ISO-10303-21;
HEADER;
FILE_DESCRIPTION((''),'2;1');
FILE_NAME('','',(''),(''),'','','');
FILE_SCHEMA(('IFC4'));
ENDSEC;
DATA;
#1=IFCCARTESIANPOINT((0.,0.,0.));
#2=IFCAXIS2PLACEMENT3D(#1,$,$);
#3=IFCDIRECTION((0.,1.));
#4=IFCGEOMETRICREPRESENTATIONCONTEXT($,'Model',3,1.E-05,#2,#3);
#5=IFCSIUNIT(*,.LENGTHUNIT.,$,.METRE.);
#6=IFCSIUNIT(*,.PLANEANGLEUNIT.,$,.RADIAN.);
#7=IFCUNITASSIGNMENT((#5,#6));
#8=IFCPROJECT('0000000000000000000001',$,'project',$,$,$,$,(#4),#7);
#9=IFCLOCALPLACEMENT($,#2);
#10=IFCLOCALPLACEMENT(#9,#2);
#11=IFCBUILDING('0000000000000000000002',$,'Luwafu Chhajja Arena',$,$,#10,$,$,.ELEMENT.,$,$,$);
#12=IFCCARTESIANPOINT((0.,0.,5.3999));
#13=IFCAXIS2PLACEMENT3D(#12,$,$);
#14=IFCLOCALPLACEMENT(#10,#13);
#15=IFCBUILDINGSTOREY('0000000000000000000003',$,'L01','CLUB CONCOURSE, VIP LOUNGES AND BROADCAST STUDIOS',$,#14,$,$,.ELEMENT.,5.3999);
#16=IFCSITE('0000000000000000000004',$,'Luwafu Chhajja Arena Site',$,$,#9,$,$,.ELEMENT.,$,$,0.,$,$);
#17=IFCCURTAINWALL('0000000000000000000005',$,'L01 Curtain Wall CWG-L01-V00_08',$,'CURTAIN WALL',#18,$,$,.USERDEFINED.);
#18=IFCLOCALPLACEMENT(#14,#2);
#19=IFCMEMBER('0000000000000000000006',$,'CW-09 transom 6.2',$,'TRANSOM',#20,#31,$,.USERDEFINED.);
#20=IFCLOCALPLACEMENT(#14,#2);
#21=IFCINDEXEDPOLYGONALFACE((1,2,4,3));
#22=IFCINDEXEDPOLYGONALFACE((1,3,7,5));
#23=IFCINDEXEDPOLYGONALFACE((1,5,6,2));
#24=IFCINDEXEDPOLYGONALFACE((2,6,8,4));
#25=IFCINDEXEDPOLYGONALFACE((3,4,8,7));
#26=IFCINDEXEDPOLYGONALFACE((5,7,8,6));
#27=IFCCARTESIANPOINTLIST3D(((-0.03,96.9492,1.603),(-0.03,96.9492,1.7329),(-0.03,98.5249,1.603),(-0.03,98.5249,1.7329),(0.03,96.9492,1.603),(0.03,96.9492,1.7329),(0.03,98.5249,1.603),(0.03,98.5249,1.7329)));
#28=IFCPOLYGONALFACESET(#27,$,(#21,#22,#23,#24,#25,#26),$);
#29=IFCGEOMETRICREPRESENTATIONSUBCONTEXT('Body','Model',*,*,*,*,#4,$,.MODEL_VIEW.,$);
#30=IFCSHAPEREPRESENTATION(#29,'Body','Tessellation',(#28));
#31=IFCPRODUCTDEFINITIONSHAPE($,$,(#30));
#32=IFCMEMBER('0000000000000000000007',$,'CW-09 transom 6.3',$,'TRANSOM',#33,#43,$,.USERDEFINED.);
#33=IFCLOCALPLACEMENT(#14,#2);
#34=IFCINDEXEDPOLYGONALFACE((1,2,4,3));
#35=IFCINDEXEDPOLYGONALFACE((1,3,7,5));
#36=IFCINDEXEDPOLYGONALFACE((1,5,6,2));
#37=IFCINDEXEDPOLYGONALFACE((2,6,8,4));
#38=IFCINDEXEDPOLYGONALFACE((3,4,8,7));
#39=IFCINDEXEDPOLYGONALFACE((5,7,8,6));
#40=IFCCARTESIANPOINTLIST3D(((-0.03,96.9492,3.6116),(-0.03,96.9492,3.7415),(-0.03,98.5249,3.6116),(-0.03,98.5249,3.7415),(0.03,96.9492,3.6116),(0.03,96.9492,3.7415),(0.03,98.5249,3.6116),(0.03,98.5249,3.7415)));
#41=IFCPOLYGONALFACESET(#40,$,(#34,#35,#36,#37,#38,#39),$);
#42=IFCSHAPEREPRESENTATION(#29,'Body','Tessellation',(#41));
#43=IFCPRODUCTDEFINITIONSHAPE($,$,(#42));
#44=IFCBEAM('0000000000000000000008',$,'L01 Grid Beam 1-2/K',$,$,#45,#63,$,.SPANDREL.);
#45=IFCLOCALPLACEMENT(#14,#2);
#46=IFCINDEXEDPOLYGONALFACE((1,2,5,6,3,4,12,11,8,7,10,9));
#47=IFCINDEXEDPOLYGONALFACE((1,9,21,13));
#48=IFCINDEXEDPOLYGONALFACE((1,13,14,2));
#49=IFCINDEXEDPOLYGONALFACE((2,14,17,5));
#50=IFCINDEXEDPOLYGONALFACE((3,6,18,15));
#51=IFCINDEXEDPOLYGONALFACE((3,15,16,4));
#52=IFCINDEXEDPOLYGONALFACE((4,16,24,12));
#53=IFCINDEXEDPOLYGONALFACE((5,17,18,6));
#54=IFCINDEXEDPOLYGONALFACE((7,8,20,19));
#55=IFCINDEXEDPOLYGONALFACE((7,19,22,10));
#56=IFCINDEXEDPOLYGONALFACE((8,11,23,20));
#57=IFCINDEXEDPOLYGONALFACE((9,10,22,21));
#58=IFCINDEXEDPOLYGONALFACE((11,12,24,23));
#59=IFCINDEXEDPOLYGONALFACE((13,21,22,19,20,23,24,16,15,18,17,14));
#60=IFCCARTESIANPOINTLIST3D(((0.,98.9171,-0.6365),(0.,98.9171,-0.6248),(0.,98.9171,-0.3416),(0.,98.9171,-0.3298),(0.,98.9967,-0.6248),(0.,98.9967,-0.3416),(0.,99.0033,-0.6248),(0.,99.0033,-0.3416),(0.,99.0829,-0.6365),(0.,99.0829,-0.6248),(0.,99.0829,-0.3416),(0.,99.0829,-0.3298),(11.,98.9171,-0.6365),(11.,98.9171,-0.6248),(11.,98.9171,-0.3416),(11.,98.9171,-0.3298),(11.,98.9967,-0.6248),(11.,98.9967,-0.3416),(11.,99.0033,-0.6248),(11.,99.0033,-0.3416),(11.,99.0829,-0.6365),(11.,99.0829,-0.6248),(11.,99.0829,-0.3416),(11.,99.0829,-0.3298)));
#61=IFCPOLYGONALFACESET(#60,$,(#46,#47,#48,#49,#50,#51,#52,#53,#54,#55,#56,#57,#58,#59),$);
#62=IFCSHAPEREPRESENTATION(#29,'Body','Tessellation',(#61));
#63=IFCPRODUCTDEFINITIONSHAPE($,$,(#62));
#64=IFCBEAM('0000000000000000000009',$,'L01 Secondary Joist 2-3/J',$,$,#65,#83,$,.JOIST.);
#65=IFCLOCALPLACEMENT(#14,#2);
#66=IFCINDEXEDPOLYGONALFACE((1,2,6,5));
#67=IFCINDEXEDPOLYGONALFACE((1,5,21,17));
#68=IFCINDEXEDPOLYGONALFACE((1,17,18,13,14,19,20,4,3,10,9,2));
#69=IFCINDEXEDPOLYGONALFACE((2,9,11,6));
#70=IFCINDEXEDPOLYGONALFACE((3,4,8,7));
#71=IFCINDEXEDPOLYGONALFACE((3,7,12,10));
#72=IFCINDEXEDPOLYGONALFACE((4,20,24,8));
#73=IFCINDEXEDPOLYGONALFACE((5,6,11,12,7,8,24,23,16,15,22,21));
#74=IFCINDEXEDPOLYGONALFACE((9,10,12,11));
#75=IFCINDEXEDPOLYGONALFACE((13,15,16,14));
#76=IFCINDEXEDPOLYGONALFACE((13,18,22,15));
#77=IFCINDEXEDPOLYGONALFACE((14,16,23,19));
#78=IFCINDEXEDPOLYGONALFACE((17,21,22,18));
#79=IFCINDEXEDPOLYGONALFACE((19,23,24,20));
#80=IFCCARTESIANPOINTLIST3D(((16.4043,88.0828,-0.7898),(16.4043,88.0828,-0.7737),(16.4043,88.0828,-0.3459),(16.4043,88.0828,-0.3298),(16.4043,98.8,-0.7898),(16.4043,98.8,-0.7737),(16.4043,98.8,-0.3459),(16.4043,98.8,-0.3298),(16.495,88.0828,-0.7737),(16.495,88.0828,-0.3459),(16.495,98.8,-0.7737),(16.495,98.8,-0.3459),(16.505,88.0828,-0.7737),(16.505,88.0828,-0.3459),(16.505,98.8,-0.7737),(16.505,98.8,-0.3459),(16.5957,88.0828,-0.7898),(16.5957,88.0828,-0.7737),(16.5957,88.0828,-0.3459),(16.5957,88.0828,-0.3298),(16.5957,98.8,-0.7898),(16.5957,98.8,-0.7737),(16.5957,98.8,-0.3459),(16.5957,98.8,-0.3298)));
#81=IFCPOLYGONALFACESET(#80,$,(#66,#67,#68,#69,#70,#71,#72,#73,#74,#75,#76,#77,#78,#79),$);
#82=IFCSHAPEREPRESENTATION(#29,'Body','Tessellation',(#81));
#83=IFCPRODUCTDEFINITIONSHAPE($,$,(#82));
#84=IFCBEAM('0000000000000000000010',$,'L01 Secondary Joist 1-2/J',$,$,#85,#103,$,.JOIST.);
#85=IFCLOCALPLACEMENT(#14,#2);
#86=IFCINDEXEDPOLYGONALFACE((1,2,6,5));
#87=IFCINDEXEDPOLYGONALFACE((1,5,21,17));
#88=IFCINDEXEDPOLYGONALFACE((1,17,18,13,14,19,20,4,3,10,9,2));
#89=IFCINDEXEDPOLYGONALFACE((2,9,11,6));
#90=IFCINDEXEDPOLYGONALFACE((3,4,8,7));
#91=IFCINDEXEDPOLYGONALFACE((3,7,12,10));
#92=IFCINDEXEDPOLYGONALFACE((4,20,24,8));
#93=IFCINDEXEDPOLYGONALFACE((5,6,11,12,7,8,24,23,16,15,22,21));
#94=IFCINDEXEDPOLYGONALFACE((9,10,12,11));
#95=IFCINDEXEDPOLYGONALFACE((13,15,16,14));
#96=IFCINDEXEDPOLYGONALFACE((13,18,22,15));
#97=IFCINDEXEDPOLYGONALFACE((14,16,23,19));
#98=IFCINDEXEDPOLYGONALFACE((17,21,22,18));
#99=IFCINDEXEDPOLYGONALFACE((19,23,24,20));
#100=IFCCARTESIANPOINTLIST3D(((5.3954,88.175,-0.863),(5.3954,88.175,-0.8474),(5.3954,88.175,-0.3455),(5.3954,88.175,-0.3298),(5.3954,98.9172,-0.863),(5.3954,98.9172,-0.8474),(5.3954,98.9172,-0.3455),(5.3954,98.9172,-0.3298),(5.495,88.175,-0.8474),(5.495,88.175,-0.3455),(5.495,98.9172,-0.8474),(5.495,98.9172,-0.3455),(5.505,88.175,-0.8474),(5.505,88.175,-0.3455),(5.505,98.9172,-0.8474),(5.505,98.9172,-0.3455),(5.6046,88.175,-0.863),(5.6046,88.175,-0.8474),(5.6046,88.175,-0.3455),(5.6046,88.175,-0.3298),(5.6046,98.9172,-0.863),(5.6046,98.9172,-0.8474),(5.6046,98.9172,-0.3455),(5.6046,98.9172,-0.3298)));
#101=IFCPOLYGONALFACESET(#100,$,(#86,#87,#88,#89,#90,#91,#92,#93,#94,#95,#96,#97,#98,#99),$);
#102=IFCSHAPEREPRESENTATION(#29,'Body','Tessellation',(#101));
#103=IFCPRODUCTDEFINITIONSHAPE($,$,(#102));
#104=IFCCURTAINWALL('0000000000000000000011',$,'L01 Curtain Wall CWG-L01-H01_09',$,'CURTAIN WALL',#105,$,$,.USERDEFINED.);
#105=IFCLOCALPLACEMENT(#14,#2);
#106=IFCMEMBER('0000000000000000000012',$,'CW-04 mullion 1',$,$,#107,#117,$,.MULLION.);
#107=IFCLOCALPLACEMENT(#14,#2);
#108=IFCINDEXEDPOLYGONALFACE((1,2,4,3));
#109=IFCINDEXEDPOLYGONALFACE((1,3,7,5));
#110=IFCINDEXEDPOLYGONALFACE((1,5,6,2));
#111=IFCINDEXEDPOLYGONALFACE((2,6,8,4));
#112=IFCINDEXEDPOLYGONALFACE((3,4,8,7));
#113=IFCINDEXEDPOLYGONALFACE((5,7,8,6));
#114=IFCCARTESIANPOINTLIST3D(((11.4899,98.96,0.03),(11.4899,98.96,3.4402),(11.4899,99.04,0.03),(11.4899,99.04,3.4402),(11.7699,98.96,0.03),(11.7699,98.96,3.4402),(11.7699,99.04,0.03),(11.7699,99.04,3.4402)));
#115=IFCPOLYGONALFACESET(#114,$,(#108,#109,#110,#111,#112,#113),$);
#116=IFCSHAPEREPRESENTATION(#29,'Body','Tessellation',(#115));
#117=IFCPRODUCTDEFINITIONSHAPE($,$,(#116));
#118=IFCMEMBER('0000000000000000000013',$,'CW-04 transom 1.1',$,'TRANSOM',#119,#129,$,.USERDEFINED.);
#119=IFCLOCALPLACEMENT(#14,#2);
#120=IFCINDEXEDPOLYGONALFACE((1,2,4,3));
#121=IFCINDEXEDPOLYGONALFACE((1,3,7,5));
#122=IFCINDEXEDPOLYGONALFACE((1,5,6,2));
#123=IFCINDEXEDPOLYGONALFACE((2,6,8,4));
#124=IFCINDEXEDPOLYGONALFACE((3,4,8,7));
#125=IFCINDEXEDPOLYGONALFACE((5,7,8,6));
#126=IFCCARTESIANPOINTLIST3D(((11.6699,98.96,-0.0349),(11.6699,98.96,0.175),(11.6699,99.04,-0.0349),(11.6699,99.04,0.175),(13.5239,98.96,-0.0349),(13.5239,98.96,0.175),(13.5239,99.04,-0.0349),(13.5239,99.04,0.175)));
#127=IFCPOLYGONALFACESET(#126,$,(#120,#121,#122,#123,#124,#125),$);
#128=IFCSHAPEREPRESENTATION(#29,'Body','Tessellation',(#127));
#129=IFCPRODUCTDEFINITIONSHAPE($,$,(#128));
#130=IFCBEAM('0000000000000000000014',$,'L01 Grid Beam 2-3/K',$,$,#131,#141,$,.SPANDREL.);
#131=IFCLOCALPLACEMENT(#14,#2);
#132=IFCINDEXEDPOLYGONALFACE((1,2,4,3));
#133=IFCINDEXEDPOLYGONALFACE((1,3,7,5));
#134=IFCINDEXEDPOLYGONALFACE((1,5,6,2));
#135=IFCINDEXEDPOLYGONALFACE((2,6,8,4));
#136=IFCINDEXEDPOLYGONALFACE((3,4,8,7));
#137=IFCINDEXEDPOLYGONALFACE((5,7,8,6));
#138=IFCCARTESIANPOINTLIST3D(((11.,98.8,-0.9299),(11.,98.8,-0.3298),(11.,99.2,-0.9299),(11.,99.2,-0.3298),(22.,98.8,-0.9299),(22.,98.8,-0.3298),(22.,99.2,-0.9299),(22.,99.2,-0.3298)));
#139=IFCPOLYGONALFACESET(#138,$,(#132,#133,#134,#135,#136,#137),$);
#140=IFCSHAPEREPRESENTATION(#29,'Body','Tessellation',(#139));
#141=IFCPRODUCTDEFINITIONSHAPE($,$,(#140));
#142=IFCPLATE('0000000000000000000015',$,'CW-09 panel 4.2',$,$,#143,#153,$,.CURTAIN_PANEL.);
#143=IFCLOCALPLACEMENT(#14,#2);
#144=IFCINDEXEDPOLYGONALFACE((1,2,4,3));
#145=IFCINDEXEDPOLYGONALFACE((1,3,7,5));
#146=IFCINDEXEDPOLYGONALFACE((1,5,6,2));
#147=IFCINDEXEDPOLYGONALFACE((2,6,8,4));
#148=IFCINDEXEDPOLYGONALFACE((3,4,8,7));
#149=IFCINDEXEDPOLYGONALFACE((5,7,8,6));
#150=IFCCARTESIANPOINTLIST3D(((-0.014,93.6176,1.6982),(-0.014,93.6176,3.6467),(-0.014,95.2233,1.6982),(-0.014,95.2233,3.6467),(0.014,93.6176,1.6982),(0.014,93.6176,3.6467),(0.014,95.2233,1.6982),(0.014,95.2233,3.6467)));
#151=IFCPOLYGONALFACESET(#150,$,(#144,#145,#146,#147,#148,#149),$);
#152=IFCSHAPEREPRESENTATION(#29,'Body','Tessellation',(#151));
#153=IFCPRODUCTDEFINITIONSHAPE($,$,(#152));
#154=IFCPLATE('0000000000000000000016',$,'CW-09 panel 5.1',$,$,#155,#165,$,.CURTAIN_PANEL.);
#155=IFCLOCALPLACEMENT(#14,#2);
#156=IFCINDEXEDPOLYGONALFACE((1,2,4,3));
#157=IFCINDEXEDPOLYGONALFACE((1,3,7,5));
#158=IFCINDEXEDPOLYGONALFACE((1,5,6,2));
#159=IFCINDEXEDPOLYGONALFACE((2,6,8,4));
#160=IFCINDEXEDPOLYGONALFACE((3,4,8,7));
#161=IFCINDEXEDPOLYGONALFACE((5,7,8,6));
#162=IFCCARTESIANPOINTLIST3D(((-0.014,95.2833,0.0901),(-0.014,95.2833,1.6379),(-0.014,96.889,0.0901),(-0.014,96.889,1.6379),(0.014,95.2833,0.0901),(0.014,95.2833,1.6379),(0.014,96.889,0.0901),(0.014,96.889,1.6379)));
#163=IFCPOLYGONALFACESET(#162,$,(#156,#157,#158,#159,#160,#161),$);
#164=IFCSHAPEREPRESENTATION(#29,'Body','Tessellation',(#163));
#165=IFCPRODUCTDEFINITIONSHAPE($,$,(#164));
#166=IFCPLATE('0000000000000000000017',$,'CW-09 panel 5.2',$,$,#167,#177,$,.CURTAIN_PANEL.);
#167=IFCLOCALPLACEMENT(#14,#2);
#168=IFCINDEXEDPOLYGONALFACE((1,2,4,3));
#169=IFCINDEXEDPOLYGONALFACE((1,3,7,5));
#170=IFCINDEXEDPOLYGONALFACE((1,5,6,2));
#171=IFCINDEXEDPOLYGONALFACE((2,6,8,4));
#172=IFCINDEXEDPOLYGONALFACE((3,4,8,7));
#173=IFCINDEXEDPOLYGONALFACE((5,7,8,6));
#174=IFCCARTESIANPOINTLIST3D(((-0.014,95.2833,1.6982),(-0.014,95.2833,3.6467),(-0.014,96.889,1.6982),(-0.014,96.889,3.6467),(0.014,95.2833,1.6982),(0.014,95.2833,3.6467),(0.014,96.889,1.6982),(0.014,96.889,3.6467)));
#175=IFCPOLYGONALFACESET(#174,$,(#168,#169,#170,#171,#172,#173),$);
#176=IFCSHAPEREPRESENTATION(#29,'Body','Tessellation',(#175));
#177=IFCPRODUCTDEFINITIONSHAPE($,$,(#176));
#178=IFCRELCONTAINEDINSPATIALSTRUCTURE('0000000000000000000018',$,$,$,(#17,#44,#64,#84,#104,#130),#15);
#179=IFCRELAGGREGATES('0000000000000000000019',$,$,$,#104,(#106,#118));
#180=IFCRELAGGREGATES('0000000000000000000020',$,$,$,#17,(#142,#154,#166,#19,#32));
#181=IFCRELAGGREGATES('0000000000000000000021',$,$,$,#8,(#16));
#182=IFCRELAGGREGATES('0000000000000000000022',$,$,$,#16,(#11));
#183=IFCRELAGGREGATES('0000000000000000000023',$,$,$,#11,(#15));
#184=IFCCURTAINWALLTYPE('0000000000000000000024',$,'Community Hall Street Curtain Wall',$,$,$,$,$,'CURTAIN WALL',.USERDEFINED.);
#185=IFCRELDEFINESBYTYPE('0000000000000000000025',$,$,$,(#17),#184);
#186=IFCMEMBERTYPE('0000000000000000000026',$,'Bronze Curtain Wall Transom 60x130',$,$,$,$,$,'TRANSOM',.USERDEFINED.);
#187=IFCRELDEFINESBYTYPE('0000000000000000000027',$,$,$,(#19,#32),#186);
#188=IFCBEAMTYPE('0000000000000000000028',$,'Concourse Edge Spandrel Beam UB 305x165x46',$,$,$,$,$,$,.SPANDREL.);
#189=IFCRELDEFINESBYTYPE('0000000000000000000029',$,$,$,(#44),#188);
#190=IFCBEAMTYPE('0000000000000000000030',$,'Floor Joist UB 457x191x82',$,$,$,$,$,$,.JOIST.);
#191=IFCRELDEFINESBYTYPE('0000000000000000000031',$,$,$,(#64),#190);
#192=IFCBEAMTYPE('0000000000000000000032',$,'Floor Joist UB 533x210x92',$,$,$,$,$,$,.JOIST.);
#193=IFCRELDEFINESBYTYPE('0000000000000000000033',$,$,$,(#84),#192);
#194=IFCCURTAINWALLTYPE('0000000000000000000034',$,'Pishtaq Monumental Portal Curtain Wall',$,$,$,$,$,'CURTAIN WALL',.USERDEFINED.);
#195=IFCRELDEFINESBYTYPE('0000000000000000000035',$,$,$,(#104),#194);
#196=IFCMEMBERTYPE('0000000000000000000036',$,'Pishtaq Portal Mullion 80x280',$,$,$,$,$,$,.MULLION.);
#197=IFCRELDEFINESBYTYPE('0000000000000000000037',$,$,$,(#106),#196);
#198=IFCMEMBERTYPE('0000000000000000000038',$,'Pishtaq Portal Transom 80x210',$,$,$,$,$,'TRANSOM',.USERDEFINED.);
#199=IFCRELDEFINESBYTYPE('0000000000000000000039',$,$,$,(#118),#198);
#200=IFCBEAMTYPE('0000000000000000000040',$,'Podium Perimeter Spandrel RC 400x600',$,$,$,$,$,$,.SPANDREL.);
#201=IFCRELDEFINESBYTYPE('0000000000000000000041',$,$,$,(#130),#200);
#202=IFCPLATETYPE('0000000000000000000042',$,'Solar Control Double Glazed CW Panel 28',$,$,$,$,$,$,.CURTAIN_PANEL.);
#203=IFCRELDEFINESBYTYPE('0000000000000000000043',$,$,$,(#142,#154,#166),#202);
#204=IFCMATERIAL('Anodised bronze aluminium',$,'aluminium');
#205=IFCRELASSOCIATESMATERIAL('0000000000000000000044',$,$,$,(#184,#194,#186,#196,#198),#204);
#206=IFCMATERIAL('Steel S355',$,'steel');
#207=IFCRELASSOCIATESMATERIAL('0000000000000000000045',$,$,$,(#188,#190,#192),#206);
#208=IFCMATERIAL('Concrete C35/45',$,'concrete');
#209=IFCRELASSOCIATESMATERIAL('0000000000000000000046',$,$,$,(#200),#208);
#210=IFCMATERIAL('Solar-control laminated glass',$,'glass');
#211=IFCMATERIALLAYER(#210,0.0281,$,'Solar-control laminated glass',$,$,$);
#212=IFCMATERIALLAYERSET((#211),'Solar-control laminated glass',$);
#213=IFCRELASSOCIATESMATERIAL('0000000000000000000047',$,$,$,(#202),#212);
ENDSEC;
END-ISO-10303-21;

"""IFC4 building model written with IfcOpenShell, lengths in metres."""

from ifc_helpers import new_model, si_unit, direction, frame, origin, origin_2d, place, context, subcontext, project, spatial, rectangle, i_section, extrude, material, layer, layer_set, material_profile, profile_set, type_object, element, aggregate, save


model = new_model("IFC4")

# Units and contexts
model_context = context("Model", 3, precision=1e-05, world=origin(), true_north=direction((0.0, 1.0)))
body_context = subcontext(model_context, "Body", "Model", "MODEL_VIEW")
ifc_project = project(units=[si_unit("LENGTHUNIT", "METRE"), si_unit("PLANEANGLEUNIT", "RADIAN")], contexts=[model_context])

# Site, building, storey
site_placement = place(None, origin())
site = spatial("IfcSite", under=ifc_project, at=site_placement, Name="Luwafu Chhajja Arena Site", CompositionType="ELEMENT", RefElevation=0.0)
building_placement = place(site_placement, origin())
building = spatial("IfcBuilding", under=site, at=building_placement, Name="Luwafu Chhajja Arena", CompositionType="ELEMENT")
storey_placement = place(building_placement, frame((0.0, 0.0, 5.3999)))
storey = spatial("IfcBuildingStorey", under=building, at=storey_placement, Name="L01", Description="CLUB CONCOURSE, VIP LOUNGES AND BROADCAST STUDIOS", CompositionType="ELEMENT", Elevation=5.3999)

# Shared definitions
ifc_material_1 = material(Name="Concrete C35/45", Category="concrete")

# Curtain wall, members
ifc_material_2 = material(Name="Anodised bronze aluminium", Category="aluminium")
curtain_wall_type_1 = type_object("IfcCurtainWallType", Name="Community Hall Street Curtain Wall", ElementType="CURTAIN WALL", PredefinedType="USERDEFINED", material=ifc_material_2)
curtain_wall_1_placement = place(storey_placement, origin())
curtain_wall_1 = element("IfcCurtainWall", 1, at=curtain_wall_1_placement, inside=storey, type_object=curtain_wall_type_1, Name="L01 Curtain Wall CWG-L01-V00_08", ObjectType="CURTAIN WALL", PredefinedType="USERDEFINED")
ifc_material_profile_1 = material_profile(ifc_material_2, rectangle(XDim=0.0601, YDim=0.1299, at=origin_2d()), Name="CWT 60x130")
ifc_profile_set_1 = profile_set([ifc_material_profile_1], Name="Anodised bronze aluminium")
member_type_1 = type_object("IfcMemberType", Name="Bronze Curtain Wall Transom 60x130", ElementType="TRANSOM", PredefinedType="USERDEFINED", material=ifc_profile_set_1)
member_1_placement = place(storey_placement, frame((0.0, 96.9492, 1.668), z_axis=(0.0, 1.0, 0.0), x_axis=(-1.0, 0.0, 0.0)))
member_1 = element("IfcMember", 2, at=member_1_placement, type_object=member_type_1, Name="CW-09 transom 6.2", ObjectType="TRANSOM", PredefinedType="USERDEFINED", context=body_context, shape_type="SweptSolid", body=[
    extrude(rectangle(XDim=0.0601, YDim=0.1299, at=origin_2d()), origin(), (0.0, 0.0, 1.0), 1.5757),
])
member_2_placement = place(storey_placement, frame((0.0, 96.9492, 3.6765), z_axis=(0.0, 1.0, 0.0), x_axis=(-1.0, 0.0, 0.0)))
member_2 = element("IfcMember", 3, at=member_2_placement, type_object=member_type_1, Name="CW-09 transom 6.3", ObjectType="TRANSOM", PredefinedType="USERDEFINED", context=body_context, shape_type="SweptSolid", body=[
    extrude(rectangle(XDim=0.0601, YDim=0.1299, at=origin_2d()), origin(), (0.0, 0.0, 1.0), 1.5757),
])

# Beams
ifc_material_3 = material(Name="Steel S355", Category="steel")
ifc_material_profile_2 = material_profile(ifc_material_3, i_section(OverallWidth=0.1658, OverallDepth=0.3066, WebThickness=0.0066, FlangeThickness=0.0117, at=origin_2d()), Name="UB 305x165x46")
ifc_profile_set_2 = profile_set([ifc_material_profile_2], Name="Steel S355")
beam_type_1 = type_object("IfcBeamType", Name="Concourse Edge Spandrel Beam UB 305x165x46", PredefinedType="SPANDREL", material=ifc_profile_set_2)
beam_1_placement = place(storey_placement, frame((0.0, 99.0, -0.4832), z_axis=(1.0, 0.0, 0.0), x_axis=(0.0, 1.0, 0.0)))
element("IfcBeam", 4, at=beam_1_placement, inside=storey, type_object=beam_type_1, Name="L01 Grid Beam 1-2/K", PredefinedType="SPANDREL", context=body_context, shape_type="SweptSolid", body=[
    extrude(i_section(OverallWidth=0.1658, OverallDepth=0.3066, WebThickness=0.0066, FlangeThickness=0.0117, at=origin_2d()), origin(), (0.0, 0.0, 1.0), 11.0),
])
ifc_material_profile_3 = material_profile(ifc_material_3, i_section(OverallWidth=0.1914, OverallDepth=0.46, WebThickness=0.01, FlangeThickness=0.0161, at=origin_2d()), Name="UB 457x191x82")
ifc_profile_set_3 = profile_set([ifc_material_profile_3], Name="Steel S355")
beam_type_2 = type_object("IfcBeamType", Name="Floor Joist UB 457x191x82", PredefinedType="JOIST", material=ifc_profile_set_3)
beam_2_placement = place(storey_placement, frame((16.5, 88.0828, -0.5598), z_axis=(0.0, 1.0, 0.0), x_axis=(-1.0, 0.0, 0.0)))
element("IfcBeam", 5, at=beam_2_placement, inside=storey, type_object=beam_type_2, Name="L01 Secondary Joist 2-3/J", PredefinedType="JOIST", context=body_context, shape_type="SweptSolid", body=[
    extrude(i_section(OverallWidth=0.1914, OverallDepth=0.46, WebThickness=0.01, FlangeThickness=0.0161, at=origin_2d()), origin(), (0.0, 0.0, 1.0), 10.7173),
])
ifc_material_profile_4 = material_profile(ifc_material_3, i_section(OverallWidth=0.2092, OverallDepth=0.5332, WebThickness=0.01, FlangeThickness=0.0156, at=origin_2d()), Name="UB 533x210x92")
ifc_profile_set_4 = profile_set([ifc_material_profile_4], Name="Steel S355")
beam_type_3 = type_object("IfcBeamType", Name="Floor Joist UB 533x210x92", PredefinedType="JOIST", material=ifc_profile_set_4)
beam_3_placement = place(storey_placement, frame((5.5, 88.175, -0.5964), z_axis=(0.0, 1.0, 0.0), x_axis=(-1.0, 0.0, 0.0)))
element("IfcBeam", 6, at=beam_3_placement, inside=storey, type_object=beam_type_3, Name="L01 Secondary Joist 1-2/J", PredefinedType="JOIST", context=body_context, shape_type="SweptSolid", body=[
    extrude(i_section(OverallWidth=0.2092, OverallDepth=0.5332, WebThickness=0.01, FlangeThickness=0.0156, at=origin_2d()), origin(), (0.0, 0.0, 1.0), 10.7422),
])

# Curtain wall, members
curtain_wall_type_2 = type_object("IfcCurtainWallType", Name="Pishtaq Monumental Portal Curtain Wall", ElementType="CURTAIN WALL", PredefinedType="USERDEFINED", material=ifc_material_2)
curtain_wall_2_placement = place(storey_placement, origin())
curtain_wall_2 = element("IfcCurtainWall", 7, at=curtain_wall_2_placement, inside=storey, type_object=curtain_wall_type_2, Name="L01 Curtain Wall CWG-L01-H01_09", ObjectType="CURTAIN WALL", PredefinedType="USERDEFINED")
ifc_material_profile_5 = material_profile(ifc_material_2, rectangle(XDim=0.0801, YDim=0.28, at=origin_2d()), Name="CWM 80x280")
ifc_profile_set_5 = profile_set([ifc_material_profile_5], Name="Anodised bronze aluminium")
member_type_2 = type_object("IfcMemberType", Name="Pishtaq Portal Mullion 80x280", PredefinedType="MULLION", material=ifc_profile_set_5)
member_3_placement = place(storey_placement, frame((11.6299, 99.0, 0.03), z_axis=(0.0, 0.0, 1.0), x_axis=(0.0, 1.0, 0.0)))
member_3 = element("IfcMember", 8, at=member_3_placement, type_object=member_type_2, Name="CW-04 mullion 1", PredefinedType="MULLION", context=body_context, shape_type="SweptSolid", body=[
    extrude(rectangle(XDim=0.0801, YDim=0.28, at=origin_2d()), origin(), (0.0, 0.0, 1.0), 3.4102),
])
ifc_material_profile_6 = material_profile(ifc_material_2, rectangle(XDim=0.0801, YDim=0.21, at=origin_2d()), Name="CWT 80x210")
ifc_profile_set_6 = profile_set([ifc_material_profile_6], Name="Anodised bronze aluminium")
member_type_3 = type_object("IfcMemberType", Name="Pishtaq Portal Transom 80x210", ElementType="TRANSOM", PredefinedType="USERDEFINED", material=ifc_profile_set_6)
member_4_placement = place(storey_placement, frame((11.6699, 99.0, 0.0701), z_axis=(1.0, 0.0, 0.0), x_axis=(0.0, 1.0, 0.0)))
member_4 = element("IfcMember", 9, at=member_4_placement, type_object=member_type_3, Name="CW-04 transom 1.1", ObjectType="TRANSOM", PredefinedType="USERDEFINED", context=body_context, shape_type="SweptSolid", body=[
    extrude(rectangle(XDim=0.0801, YDim=0.21, at=origin_2d()), origin(), (0.0, 0.0, 1.0), 1.854),
])
aggregate(curtain_wall_2, [member_3, member_4])

# Beam
ifc_material_profile_7 = material_profile(ifc_material_1, rectangle(XDim=0.3999, YDim=0.6001, at=origin_2d()), Name="RC 400x600")
ifc_profile_set_7 = profile_set([ifc_material_profile_7], Name="Concrete C35/45")
beam_type_4 = type_object("IfcBeamType", Name="Podium Perimeter Spandrel RC 400x600", PredefinedType="SPANDREL", material=ifc_profile_set_7)
beam_4_placement = place(storey_placement, frame((11.0, 99.0, -0.6299), z_axis=(1.0, 0.0, 0.0), x_axis=(0.0, 1.0, 0.0)))
element("IfcBeam", 10, at=beam_4_placement, inside=storey, type_object=beam_type_4, Name="L01 Grid Beam 2-3/K", PredefinedType="SPANDREL", context=body_context, shape_type="SweptSolid", body=[
    extrude(rectangle(XDim=0.3999, YDim=0.6001, at=origin_2d()), origin(), (0.0, 0.0, 1.0), 11.0),
])

# Plates
ifc_material_4 = material(Name="Solar-control laminated glass", Category="glass")
ifc_layer_1 = layer(ifc_material_4, 0.0281, Name="Solar-control laminated glass")
ifc_layer_set_1 = layer_set([ifc_layer_1], Name="Solar-control laminated glass")
plate_type = type_object("IfcPlateType", Name="Solar Control Double Glazed CW Panel 28", PredefinedType="CURTAIN_PANEL", material=ifc_layer_set_1)
plate_1_placement = place(storey_placement, frame((0.0, 94.4204, 1.6982), z_axis=(0.0, 0.0, 1.0), x_axis=(0.0, 1.0, 0.0)))
plate_1 = element("IfcPlate", 11, at=plate_1_placement, type_object=plate_type, Name="CW-09 panel 4.2", PredefinedType="CURTAIN_PANEL", context=body_context, shape_type="SweptSolid", body=[
    extrude(rectangle(XDim=1.6057, YDim=0.0281, at=origin_2d()), origin(), (0.0, 0.0, 1.0), 1.9485),
])
plate_2_placement = place(storey_placement, frame((0.0, 96.0862, 0.0901), z_axis=(0.0, 0.0, 1.0), x_axis=(0.0, 1.0, 0.0)))
plate_2 = element("IfcPlate", 12, at=plate_2_placement, type_object=plate_type, Name="CW-09 panel 5.1", PredefinedType="CURTAIN_PANEL", context=body_context, shape_type="SweptSolid", body=[
    extrude(rectangle(XDim=1.6057, YDim=0.0281, at=origin_2d()), origin(), (0.0, 0.0, 1.0), 1.5479),
])
plate_3_placement = place(storey_placement, frame((0.0, 96.0862, 1.6982), z_axis=(0.0, 0.0, 1.0), x_axis=(0.0, 1.0, 0.0)))
plate_3 = element("IfcPlate", 13, at=plate_3_placement, type_object=plate_type, Name="CW-09 panel 5.2", PredefinedType="CURTAIN_PANEL", context=body_context, shape_type="SweptSolid", body=[
    extrude(rectangle(XDim=1.6057, YDim=0.0281, at=origin_2d()), origin(), (0.0, 0.0, 1.0), 1.9485),
])
aggregate(curtain_wall_1, [plate_1, plate_2, plate_3, member_1, member_2])

save(model, "model.ifc")
